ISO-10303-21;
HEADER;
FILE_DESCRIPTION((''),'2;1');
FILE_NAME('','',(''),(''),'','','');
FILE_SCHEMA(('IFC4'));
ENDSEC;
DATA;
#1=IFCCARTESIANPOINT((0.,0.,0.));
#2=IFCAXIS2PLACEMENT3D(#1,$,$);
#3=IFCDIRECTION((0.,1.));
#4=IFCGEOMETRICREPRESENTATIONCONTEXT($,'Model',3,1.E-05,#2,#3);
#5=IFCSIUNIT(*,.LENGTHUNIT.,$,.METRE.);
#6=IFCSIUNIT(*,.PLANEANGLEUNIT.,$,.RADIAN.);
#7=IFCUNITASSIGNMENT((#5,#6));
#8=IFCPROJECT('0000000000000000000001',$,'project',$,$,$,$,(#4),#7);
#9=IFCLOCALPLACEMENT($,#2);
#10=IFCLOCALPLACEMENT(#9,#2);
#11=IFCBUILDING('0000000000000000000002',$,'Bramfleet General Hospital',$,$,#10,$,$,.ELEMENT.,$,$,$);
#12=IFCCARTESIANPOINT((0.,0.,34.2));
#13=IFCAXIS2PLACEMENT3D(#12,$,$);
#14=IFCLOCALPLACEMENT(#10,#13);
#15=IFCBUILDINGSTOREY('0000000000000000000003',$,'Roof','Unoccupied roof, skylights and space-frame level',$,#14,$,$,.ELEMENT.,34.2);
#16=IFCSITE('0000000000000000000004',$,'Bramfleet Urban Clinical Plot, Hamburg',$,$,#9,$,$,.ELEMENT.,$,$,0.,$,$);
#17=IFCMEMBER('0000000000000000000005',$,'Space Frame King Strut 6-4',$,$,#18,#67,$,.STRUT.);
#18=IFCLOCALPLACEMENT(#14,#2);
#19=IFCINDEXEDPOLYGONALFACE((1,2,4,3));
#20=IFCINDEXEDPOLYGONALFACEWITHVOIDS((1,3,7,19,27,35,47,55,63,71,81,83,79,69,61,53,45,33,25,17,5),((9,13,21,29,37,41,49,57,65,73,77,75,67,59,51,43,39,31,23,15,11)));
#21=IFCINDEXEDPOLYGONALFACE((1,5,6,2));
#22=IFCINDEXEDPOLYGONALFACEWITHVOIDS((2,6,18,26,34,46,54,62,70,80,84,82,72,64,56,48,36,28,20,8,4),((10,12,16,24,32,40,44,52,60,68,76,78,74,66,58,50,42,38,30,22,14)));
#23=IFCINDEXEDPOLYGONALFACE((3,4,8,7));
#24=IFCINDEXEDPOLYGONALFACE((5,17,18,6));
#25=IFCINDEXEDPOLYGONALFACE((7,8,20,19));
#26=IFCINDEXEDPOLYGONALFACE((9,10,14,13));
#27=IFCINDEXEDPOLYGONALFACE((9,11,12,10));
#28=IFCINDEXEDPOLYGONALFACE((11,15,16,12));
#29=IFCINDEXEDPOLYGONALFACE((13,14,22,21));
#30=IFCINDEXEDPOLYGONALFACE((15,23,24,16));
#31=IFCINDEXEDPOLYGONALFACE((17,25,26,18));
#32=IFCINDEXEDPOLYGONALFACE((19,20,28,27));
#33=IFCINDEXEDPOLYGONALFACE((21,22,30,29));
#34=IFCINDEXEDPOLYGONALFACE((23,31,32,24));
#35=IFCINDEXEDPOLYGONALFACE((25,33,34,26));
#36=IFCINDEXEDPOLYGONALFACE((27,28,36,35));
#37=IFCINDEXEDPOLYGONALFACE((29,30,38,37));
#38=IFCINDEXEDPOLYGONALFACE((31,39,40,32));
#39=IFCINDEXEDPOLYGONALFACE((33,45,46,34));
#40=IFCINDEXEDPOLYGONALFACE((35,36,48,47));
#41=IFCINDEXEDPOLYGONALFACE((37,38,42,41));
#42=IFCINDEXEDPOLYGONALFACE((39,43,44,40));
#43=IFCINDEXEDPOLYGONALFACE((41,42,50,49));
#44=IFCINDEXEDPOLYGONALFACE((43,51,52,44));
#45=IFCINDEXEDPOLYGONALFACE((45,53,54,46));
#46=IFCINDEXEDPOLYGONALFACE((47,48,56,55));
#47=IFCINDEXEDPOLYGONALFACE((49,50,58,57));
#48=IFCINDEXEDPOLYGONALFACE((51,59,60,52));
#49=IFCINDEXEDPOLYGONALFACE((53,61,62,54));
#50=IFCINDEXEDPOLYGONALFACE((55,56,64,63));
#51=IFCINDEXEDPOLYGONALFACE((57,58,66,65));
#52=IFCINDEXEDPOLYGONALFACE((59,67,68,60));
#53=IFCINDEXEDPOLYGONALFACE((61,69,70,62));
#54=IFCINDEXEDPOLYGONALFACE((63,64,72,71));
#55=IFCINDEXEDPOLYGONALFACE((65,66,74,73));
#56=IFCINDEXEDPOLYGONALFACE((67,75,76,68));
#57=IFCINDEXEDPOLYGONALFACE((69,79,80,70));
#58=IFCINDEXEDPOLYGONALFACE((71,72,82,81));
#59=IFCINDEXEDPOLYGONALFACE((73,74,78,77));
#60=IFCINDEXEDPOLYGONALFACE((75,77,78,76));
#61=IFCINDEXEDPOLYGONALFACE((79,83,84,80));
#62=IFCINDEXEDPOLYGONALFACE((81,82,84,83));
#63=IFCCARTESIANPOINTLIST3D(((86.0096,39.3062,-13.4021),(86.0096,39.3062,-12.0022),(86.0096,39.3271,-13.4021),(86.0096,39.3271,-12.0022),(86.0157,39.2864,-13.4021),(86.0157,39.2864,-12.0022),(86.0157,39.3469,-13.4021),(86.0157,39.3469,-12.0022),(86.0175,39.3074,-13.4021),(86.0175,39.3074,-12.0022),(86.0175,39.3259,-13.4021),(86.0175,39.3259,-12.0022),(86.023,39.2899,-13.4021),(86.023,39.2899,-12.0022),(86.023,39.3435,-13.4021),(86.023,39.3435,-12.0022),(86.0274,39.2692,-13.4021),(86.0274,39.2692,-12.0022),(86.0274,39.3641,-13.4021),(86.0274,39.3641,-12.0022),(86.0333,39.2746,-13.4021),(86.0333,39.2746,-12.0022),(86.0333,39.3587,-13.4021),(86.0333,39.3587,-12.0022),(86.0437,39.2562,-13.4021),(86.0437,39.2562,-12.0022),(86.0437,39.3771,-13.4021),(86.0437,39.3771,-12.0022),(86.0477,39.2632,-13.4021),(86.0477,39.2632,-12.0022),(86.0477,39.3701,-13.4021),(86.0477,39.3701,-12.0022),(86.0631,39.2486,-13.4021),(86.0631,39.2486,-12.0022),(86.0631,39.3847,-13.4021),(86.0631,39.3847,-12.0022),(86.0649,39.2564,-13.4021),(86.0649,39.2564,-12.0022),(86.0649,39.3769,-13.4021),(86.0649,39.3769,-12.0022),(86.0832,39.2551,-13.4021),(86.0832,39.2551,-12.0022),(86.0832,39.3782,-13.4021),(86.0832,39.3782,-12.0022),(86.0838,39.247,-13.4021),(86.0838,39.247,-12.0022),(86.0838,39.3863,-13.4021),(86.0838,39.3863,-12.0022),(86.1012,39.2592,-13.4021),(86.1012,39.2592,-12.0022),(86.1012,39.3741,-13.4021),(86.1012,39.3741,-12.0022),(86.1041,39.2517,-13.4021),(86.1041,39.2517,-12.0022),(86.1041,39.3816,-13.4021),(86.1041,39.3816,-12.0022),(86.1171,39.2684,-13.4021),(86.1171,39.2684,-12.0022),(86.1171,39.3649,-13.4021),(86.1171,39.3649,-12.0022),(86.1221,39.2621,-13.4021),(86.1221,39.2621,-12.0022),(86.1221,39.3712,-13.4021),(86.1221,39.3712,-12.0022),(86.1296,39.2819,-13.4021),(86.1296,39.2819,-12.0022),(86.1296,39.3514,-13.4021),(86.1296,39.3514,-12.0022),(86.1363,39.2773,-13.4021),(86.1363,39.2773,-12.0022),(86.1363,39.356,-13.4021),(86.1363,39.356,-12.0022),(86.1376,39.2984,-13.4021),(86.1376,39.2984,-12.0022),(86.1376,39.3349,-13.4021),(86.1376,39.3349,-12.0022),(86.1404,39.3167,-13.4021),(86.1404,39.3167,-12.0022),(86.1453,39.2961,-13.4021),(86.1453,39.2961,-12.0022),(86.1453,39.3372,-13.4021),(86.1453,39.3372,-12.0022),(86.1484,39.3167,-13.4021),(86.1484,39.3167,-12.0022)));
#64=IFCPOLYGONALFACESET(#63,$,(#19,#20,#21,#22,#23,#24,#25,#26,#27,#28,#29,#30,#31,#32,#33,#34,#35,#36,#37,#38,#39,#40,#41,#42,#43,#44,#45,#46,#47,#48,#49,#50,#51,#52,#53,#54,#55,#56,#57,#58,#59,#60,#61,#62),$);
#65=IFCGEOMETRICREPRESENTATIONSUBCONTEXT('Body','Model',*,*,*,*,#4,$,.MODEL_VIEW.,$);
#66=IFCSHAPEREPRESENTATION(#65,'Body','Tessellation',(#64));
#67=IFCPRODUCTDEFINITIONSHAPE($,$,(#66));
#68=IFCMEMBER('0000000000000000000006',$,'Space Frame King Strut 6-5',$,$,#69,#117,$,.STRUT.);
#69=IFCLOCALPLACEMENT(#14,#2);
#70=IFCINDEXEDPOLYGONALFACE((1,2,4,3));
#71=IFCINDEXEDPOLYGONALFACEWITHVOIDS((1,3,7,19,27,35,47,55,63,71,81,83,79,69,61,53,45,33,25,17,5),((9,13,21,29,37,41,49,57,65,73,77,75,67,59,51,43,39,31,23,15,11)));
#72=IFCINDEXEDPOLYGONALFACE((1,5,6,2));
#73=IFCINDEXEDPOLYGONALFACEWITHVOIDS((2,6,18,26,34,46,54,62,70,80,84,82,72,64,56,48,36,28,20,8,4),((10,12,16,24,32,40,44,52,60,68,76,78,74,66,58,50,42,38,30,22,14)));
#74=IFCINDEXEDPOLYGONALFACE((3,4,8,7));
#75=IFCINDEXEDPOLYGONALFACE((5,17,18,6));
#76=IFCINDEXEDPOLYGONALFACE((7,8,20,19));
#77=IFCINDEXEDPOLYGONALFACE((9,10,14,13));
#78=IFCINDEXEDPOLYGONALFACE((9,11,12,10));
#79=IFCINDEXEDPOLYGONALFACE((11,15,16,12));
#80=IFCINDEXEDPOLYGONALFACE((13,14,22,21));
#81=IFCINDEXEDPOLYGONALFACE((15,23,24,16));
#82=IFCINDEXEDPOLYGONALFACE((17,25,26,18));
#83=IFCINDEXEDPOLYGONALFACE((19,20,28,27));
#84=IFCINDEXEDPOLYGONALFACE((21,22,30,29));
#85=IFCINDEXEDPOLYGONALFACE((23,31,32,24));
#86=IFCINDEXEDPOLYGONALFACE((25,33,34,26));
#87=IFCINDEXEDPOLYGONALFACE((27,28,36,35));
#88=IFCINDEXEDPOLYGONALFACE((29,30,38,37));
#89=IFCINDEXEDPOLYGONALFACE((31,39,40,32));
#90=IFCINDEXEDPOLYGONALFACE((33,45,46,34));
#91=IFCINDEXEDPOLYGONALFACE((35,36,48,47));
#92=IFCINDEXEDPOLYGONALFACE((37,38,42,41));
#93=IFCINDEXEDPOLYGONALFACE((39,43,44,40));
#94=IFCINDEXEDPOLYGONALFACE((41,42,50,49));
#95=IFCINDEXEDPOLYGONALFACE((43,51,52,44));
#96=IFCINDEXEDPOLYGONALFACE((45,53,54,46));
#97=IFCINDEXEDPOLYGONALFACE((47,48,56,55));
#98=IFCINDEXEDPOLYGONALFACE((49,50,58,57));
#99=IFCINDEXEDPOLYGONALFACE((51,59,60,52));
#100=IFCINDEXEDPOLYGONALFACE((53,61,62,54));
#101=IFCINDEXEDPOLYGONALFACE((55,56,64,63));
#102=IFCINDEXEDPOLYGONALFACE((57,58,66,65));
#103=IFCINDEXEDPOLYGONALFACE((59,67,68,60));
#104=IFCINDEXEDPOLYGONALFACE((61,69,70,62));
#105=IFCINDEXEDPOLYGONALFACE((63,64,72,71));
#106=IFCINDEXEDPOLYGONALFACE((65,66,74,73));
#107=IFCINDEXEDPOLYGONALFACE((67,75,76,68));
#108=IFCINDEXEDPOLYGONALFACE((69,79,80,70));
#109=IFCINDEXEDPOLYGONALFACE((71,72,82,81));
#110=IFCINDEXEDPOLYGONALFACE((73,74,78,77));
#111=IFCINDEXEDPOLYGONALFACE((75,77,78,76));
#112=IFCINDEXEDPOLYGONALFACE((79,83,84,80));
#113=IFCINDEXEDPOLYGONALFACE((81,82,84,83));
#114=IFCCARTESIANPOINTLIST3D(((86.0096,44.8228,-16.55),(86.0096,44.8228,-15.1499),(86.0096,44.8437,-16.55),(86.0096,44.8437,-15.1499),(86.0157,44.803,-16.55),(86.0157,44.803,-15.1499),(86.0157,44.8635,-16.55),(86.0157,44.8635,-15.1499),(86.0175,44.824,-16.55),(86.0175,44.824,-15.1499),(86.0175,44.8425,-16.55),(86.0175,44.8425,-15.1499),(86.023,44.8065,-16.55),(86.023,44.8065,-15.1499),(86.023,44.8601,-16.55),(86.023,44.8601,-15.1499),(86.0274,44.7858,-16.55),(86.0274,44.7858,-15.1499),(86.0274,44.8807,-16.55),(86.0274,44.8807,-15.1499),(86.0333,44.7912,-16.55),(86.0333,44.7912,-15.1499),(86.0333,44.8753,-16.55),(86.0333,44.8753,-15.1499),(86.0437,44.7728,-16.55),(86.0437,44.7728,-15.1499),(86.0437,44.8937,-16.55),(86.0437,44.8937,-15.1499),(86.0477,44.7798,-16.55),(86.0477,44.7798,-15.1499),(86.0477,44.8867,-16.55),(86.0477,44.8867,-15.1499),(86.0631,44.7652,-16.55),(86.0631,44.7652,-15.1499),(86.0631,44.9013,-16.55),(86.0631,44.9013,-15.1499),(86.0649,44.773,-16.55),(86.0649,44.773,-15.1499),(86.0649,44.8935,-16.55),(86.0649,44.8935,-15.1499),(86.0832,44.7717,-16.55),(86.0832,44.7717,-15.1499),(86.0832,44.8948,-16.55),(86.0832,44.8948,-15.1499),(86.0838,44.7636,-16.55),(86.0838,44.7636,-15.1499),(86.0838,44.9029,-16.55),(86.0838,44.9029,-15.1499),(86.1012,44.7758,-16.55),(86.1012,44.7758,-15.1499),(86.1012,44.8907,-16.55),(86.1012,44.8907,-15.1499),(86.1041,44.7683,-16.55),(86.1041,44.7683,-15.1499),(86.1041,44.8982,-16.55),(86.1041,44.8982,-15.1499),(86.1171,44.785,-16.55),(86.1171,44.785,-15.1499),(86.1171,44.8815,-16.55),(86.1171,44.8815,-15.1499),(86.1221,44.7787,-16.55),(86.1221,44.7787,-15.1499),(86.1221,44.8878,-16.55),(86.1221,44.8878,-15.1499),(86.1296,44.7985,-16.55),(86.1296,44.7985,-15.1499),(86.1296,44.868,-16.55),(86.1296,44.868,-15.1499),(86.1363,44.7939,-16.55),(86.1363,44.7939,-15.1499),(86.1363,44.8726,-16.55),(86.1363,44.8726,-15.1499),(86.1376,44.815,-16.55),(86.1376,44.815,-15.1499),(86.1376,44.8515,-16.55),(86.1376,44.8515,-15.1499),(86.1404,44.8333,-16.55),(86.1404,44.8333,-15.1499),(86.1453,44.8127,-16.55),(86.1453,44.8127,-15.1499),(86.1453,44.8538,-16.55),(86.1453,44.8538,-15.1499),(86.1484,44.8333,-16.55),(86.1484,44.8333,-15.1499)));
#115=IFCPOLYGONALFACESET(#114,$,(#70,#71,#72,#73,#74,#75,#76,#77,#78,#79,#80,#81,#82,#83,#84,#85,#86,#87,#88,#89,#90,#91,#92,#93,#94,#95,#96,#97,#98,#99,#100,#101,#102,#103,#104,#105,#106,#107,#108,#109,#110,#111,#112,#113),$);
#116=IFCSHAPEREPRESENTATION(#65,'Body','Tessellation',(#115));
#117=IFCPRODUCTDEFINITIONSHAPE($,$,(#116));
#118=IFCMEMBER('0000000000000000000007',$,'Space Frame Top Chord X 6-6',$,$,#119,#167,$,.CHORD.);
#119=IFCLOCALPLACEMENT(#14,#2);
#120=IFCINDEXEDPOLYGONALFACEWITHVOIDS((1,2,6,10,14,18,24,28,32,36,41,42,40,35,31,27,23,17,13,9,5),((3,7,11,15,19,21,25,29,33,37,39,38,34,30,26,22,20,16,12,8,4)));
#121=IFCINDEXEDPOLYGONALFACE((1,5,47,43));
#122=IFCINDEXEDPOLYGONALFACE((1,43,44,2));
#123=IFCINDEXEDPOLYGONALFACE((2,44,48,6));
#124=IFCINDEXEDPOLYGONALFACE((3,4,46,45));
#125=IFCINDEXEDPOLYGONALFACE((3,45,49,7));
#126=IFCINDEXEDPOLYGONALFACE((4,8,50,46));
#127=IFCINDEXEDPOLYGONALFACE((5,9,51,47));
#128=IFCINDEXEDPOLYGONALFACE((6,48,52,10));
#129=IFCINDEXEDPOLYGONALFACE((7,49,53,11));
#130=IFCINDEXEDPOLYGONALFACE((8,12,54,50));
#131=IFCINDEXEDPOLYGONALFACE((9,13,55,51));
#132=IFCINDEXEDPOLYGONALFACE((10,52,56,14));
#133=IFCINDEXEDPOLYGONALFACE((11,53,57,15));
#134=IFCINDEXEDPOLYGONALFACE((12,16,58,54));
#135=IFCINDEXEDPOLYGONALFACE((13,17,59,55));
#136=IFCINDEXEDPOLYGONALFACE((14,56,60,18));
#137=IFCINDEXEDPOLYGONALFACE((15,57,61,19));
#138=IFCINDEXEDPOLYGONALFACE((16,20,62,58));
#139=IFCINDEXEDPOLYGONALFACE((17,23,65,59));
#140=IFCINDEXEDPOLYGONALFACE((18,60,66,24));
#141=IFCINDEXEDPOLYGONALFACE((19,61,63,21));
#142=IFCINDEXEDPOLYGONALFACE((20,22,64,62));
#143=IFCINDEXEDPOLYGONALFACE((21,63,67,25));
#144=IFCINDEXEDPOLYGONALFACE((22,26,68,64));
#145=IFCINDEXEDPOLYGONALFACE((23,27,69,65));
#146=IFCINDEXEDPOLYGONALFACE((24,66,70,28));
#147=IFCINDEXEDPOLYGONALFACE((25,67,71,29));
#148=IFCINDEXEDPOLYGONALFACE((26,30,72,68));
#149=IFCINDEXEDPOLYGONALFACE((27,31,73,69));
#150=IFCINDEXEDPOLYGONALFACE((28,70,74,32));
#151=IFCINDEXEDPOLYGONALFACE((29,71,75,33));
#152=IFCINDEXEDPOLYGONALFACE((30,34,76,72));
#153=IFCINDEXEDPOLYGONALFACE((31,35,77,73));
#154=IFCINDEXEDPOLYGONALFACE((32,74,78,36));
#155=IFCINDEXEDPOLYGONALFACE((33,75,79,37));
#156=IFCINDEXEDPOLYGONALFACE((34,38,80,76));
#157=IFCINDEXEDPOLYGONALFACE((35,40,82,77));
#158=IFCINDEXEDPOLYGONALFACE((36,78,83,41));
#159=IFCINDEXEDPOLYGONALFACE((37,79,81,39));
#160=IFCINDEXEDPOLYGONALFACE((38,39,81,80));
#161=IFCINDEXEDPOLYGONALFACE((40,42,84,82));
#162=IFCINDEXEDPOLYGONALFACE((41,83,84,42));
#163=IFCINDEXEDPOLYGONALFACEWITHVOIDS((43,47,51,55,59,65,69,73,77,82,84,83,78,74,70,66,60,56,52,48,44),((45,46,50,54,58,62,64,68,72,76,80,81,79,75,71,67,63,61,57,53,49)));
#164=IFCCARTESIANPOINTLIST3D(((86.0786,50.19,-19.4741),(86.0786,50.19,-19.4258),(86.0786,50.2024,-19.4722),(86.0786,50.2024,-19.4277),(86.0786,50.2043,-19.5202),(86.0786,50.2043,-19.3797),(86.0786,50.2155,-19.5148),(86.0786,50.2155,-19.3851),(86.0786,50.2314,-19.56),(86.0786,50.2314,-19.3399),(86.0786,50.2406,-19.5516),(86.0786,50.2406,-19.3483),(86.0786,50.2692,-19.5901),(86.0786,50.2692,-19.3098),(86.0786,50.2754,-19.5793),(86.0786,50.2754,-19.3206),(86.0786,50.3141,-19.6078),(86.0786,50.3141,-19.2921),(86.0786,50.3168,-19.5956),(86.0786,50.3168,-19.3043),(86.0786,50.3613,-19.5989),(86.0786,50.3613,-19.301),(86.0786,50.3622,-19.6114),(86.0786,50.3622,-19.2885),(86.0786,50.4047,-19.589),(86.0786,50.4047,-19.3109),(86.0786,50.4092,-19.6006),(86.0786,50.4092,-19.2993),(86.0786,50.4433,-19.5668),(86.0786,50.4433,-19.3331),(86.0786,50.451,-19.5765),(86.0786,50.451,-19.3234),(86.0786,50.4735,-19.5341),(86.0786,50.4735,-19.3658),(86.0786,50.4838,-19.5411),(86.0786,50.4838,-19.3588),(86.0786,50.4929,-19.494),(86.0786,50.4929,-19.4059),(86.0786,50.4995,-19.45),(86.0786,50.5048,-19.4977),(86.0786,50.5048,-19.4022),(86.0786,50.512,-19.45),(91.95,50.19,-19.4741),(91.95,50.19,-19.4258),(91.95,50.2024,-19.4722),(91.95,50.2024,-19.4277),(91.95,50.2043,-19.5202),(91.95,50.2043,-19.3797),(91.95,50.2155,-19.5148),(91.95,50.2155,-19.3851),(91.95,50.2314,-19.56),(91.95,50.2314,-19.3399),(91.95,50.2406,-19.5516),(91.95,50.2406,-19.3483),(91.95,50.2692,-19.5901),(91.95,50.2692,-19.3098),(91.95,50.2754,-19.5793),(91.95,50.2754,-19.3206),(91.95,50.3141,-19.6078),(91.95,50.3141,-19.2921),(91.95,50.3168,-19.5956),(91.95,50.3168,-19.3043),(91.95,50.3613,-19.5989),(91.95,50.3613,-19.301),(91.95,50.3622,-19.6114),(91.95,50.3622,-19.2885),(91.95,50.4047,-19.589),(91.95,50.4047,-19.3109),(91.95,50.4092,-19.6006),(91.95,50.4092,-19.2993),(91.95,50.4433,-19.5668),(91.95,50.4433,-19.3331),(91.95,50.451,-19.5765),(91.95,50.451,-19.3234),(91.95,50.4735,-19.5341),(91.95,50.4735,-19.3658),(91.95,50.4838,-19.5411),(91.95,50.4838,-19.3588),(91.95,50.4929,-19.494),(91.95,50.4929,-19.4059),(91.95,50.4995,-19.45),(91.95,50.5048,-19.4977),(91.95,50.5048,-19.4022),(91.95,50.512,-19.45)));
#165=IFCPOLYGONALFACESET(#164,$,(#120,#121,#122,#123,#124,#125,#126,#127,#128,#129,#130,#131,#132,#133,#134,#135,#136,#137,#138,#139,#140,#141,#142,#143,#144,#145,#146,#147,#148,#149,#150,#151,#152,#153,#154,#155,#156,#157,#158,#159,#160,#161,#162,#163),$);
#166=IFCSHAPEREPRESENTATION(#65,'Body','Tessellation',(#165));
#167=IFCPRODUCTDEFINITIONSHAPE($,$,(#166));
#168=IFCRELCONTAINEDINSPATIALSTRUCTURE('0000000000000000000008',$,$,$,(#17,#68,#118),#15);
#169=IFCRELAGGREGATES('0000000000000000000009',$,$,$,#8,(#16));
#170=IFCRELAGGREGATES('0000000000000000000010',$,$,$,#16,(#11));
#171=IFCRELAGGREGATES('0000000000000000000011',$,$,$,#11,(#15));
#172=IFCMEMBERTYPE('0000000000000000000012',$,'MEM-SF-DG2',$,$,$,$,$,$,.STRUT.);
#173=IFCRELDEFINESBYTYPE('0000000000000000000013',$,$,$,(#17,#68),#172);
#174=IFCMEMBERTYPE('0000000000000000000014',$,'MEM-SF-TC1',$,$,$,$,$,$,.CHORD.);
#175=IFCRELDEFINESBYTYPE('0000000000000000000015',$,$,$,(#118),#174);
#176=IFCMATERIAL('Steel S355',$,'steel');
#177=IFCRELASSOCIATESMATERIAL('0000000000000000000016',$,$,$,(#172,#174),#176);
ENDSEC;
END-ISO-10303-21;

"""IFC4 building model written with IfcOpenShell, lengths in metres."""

from ifc_helpers import new_model, si_unit, direction, frame, origin, origin_2d, place, context, subcontext, project, spatial, hollow_circle, extrude, material, material_profile, profile_set, type_object, element, save


model = new_model("IFC4")

# Units and contexts
model_context = context("Model", 3, precision=1e-05, world=origin(), true_north=direction((0.0, 1.0)))
body_context = subcontext(model_context, "Body", "Model", "MODEL_VIEW")
ifc_project = project(units=[si_unit("LENGTHUNIT", "METRE"), si_unit("PLANEANGLEUNIT", "RADIAN")], contexts=[model_context])

# Site, building, storey
site_placement = place(None, origin())
site = spatial("IfcSite", under=ifc_project, at=site_placement, Name="Bramfleet Urban Clinical Plot, Hamburg", CompositionType="ELEMENT", RefElevation=0.0)
building_placement = place(site_placement, origin())
building = spatial("IfcBuilding", under=site, at=building_placement, Name="Bramfleet General Hospital", CompositionType="ELEMENT")
storey_placement = place(building_placement, frame((0.0, 0.0, 34.2)))
storey = spatial("IfcBuildingStorey", under=building, at=storey_placement, Name="Roof", Description="Unoccupied roof, skylights and space-frame level", CompositionType="ELEMENT", Elevation=34.2)

# Members
ifc_material = material(Name="Steel S355", Category="steel")
ifc_material_profile_1 = material_profile(ifc_material, hollow_circle(Radius=0.0698, WallThickness=0.0081, at=origin_2d()), Name="CHS 139.7x8.0")
ifc_profile_set_1 = profile_set([ifc_material_profile_1], Name="Steel S355")
member_type_1 = type_object("IfcMemberType", Name="MEM-SF-DG2", PredefinedType="STRUT", material=ifc_profile_set_1)
member_1_placement = place(storey_placement, frame((86.0786, 39.3167, -13.4021), z_axis=(0.0, 0.0, 1.0), x_axis=(1.0, 0.0, 0.0)))
element("IfcMember", 1, at=member_1_placement, inside=storey, type_object=member_type_1, Name="Space Frame King Strut 6-4", PredefinedType="STRUT", context=body_context, shape_type="SweptSolid", body=[
    extrude(hollow_circle(Radius=0.0698, WallThickness=0.0081, at=origin_2d()), origin(), (0.0, 0.0, 1.0), 1.3999),
])
member_2_placement = place(storey_placement, frame((86.0786, 44.8333, -16.55), z_axis=(0.0, 0.0, 1.0), x_axis=(1.0, 0.0, 0.0)))
element("IfcMember", 2, at=member_2_placement, inside=storey, type_object=member_type_1, Name="Space Frame King Strut 6-5", PredefinedType="STRUT", context=body_context, shape_type="SweptSolid", body=[
    extrude(hollow_circle(Radius=0.0698, WallThickness=0.0081, at=origin_2d()), origin(), (0.0, 0.0, 1.0), 1.4001),
])
ifc_material_profile_2 = material_profile(ifc_material, hollow_circle(Radius=0.1619, WallThickness=0.0125, at=origin_2d()), Name="CHS 323.9x12.5")
ifc_profile_set_2 = profile_set([ifc_material_profile_2], Name="Steel S355")
member_type_2 = type_object("IfcMemberType", Name="MEM-SF-TC1", PredefinedType="CHORD", material=ifc_profile_set_2)
member_3_placement = place(storey_placement, frame((86.0786, 50.3501, -19.45), z_axis=(1.0, 0.0, 0.0), x_axis=(0.0, 1.0, 0.0)))
element("IfcMember", 3, at=member_3_placement, inside=storey, type_object=member_type_2, Name="Space Frame Top Chord X 6-6", PredefinedType="CHORD", context=body_context, shape_type="SweptSolid", body=[
    extrude(hollow_circle(Radius=0.1619, WallThickness=0.0125, at=origin_2d()), origin(), (0.0, 0.0, 1.0), 5.8713),
])

save(model, "model.ifc")
